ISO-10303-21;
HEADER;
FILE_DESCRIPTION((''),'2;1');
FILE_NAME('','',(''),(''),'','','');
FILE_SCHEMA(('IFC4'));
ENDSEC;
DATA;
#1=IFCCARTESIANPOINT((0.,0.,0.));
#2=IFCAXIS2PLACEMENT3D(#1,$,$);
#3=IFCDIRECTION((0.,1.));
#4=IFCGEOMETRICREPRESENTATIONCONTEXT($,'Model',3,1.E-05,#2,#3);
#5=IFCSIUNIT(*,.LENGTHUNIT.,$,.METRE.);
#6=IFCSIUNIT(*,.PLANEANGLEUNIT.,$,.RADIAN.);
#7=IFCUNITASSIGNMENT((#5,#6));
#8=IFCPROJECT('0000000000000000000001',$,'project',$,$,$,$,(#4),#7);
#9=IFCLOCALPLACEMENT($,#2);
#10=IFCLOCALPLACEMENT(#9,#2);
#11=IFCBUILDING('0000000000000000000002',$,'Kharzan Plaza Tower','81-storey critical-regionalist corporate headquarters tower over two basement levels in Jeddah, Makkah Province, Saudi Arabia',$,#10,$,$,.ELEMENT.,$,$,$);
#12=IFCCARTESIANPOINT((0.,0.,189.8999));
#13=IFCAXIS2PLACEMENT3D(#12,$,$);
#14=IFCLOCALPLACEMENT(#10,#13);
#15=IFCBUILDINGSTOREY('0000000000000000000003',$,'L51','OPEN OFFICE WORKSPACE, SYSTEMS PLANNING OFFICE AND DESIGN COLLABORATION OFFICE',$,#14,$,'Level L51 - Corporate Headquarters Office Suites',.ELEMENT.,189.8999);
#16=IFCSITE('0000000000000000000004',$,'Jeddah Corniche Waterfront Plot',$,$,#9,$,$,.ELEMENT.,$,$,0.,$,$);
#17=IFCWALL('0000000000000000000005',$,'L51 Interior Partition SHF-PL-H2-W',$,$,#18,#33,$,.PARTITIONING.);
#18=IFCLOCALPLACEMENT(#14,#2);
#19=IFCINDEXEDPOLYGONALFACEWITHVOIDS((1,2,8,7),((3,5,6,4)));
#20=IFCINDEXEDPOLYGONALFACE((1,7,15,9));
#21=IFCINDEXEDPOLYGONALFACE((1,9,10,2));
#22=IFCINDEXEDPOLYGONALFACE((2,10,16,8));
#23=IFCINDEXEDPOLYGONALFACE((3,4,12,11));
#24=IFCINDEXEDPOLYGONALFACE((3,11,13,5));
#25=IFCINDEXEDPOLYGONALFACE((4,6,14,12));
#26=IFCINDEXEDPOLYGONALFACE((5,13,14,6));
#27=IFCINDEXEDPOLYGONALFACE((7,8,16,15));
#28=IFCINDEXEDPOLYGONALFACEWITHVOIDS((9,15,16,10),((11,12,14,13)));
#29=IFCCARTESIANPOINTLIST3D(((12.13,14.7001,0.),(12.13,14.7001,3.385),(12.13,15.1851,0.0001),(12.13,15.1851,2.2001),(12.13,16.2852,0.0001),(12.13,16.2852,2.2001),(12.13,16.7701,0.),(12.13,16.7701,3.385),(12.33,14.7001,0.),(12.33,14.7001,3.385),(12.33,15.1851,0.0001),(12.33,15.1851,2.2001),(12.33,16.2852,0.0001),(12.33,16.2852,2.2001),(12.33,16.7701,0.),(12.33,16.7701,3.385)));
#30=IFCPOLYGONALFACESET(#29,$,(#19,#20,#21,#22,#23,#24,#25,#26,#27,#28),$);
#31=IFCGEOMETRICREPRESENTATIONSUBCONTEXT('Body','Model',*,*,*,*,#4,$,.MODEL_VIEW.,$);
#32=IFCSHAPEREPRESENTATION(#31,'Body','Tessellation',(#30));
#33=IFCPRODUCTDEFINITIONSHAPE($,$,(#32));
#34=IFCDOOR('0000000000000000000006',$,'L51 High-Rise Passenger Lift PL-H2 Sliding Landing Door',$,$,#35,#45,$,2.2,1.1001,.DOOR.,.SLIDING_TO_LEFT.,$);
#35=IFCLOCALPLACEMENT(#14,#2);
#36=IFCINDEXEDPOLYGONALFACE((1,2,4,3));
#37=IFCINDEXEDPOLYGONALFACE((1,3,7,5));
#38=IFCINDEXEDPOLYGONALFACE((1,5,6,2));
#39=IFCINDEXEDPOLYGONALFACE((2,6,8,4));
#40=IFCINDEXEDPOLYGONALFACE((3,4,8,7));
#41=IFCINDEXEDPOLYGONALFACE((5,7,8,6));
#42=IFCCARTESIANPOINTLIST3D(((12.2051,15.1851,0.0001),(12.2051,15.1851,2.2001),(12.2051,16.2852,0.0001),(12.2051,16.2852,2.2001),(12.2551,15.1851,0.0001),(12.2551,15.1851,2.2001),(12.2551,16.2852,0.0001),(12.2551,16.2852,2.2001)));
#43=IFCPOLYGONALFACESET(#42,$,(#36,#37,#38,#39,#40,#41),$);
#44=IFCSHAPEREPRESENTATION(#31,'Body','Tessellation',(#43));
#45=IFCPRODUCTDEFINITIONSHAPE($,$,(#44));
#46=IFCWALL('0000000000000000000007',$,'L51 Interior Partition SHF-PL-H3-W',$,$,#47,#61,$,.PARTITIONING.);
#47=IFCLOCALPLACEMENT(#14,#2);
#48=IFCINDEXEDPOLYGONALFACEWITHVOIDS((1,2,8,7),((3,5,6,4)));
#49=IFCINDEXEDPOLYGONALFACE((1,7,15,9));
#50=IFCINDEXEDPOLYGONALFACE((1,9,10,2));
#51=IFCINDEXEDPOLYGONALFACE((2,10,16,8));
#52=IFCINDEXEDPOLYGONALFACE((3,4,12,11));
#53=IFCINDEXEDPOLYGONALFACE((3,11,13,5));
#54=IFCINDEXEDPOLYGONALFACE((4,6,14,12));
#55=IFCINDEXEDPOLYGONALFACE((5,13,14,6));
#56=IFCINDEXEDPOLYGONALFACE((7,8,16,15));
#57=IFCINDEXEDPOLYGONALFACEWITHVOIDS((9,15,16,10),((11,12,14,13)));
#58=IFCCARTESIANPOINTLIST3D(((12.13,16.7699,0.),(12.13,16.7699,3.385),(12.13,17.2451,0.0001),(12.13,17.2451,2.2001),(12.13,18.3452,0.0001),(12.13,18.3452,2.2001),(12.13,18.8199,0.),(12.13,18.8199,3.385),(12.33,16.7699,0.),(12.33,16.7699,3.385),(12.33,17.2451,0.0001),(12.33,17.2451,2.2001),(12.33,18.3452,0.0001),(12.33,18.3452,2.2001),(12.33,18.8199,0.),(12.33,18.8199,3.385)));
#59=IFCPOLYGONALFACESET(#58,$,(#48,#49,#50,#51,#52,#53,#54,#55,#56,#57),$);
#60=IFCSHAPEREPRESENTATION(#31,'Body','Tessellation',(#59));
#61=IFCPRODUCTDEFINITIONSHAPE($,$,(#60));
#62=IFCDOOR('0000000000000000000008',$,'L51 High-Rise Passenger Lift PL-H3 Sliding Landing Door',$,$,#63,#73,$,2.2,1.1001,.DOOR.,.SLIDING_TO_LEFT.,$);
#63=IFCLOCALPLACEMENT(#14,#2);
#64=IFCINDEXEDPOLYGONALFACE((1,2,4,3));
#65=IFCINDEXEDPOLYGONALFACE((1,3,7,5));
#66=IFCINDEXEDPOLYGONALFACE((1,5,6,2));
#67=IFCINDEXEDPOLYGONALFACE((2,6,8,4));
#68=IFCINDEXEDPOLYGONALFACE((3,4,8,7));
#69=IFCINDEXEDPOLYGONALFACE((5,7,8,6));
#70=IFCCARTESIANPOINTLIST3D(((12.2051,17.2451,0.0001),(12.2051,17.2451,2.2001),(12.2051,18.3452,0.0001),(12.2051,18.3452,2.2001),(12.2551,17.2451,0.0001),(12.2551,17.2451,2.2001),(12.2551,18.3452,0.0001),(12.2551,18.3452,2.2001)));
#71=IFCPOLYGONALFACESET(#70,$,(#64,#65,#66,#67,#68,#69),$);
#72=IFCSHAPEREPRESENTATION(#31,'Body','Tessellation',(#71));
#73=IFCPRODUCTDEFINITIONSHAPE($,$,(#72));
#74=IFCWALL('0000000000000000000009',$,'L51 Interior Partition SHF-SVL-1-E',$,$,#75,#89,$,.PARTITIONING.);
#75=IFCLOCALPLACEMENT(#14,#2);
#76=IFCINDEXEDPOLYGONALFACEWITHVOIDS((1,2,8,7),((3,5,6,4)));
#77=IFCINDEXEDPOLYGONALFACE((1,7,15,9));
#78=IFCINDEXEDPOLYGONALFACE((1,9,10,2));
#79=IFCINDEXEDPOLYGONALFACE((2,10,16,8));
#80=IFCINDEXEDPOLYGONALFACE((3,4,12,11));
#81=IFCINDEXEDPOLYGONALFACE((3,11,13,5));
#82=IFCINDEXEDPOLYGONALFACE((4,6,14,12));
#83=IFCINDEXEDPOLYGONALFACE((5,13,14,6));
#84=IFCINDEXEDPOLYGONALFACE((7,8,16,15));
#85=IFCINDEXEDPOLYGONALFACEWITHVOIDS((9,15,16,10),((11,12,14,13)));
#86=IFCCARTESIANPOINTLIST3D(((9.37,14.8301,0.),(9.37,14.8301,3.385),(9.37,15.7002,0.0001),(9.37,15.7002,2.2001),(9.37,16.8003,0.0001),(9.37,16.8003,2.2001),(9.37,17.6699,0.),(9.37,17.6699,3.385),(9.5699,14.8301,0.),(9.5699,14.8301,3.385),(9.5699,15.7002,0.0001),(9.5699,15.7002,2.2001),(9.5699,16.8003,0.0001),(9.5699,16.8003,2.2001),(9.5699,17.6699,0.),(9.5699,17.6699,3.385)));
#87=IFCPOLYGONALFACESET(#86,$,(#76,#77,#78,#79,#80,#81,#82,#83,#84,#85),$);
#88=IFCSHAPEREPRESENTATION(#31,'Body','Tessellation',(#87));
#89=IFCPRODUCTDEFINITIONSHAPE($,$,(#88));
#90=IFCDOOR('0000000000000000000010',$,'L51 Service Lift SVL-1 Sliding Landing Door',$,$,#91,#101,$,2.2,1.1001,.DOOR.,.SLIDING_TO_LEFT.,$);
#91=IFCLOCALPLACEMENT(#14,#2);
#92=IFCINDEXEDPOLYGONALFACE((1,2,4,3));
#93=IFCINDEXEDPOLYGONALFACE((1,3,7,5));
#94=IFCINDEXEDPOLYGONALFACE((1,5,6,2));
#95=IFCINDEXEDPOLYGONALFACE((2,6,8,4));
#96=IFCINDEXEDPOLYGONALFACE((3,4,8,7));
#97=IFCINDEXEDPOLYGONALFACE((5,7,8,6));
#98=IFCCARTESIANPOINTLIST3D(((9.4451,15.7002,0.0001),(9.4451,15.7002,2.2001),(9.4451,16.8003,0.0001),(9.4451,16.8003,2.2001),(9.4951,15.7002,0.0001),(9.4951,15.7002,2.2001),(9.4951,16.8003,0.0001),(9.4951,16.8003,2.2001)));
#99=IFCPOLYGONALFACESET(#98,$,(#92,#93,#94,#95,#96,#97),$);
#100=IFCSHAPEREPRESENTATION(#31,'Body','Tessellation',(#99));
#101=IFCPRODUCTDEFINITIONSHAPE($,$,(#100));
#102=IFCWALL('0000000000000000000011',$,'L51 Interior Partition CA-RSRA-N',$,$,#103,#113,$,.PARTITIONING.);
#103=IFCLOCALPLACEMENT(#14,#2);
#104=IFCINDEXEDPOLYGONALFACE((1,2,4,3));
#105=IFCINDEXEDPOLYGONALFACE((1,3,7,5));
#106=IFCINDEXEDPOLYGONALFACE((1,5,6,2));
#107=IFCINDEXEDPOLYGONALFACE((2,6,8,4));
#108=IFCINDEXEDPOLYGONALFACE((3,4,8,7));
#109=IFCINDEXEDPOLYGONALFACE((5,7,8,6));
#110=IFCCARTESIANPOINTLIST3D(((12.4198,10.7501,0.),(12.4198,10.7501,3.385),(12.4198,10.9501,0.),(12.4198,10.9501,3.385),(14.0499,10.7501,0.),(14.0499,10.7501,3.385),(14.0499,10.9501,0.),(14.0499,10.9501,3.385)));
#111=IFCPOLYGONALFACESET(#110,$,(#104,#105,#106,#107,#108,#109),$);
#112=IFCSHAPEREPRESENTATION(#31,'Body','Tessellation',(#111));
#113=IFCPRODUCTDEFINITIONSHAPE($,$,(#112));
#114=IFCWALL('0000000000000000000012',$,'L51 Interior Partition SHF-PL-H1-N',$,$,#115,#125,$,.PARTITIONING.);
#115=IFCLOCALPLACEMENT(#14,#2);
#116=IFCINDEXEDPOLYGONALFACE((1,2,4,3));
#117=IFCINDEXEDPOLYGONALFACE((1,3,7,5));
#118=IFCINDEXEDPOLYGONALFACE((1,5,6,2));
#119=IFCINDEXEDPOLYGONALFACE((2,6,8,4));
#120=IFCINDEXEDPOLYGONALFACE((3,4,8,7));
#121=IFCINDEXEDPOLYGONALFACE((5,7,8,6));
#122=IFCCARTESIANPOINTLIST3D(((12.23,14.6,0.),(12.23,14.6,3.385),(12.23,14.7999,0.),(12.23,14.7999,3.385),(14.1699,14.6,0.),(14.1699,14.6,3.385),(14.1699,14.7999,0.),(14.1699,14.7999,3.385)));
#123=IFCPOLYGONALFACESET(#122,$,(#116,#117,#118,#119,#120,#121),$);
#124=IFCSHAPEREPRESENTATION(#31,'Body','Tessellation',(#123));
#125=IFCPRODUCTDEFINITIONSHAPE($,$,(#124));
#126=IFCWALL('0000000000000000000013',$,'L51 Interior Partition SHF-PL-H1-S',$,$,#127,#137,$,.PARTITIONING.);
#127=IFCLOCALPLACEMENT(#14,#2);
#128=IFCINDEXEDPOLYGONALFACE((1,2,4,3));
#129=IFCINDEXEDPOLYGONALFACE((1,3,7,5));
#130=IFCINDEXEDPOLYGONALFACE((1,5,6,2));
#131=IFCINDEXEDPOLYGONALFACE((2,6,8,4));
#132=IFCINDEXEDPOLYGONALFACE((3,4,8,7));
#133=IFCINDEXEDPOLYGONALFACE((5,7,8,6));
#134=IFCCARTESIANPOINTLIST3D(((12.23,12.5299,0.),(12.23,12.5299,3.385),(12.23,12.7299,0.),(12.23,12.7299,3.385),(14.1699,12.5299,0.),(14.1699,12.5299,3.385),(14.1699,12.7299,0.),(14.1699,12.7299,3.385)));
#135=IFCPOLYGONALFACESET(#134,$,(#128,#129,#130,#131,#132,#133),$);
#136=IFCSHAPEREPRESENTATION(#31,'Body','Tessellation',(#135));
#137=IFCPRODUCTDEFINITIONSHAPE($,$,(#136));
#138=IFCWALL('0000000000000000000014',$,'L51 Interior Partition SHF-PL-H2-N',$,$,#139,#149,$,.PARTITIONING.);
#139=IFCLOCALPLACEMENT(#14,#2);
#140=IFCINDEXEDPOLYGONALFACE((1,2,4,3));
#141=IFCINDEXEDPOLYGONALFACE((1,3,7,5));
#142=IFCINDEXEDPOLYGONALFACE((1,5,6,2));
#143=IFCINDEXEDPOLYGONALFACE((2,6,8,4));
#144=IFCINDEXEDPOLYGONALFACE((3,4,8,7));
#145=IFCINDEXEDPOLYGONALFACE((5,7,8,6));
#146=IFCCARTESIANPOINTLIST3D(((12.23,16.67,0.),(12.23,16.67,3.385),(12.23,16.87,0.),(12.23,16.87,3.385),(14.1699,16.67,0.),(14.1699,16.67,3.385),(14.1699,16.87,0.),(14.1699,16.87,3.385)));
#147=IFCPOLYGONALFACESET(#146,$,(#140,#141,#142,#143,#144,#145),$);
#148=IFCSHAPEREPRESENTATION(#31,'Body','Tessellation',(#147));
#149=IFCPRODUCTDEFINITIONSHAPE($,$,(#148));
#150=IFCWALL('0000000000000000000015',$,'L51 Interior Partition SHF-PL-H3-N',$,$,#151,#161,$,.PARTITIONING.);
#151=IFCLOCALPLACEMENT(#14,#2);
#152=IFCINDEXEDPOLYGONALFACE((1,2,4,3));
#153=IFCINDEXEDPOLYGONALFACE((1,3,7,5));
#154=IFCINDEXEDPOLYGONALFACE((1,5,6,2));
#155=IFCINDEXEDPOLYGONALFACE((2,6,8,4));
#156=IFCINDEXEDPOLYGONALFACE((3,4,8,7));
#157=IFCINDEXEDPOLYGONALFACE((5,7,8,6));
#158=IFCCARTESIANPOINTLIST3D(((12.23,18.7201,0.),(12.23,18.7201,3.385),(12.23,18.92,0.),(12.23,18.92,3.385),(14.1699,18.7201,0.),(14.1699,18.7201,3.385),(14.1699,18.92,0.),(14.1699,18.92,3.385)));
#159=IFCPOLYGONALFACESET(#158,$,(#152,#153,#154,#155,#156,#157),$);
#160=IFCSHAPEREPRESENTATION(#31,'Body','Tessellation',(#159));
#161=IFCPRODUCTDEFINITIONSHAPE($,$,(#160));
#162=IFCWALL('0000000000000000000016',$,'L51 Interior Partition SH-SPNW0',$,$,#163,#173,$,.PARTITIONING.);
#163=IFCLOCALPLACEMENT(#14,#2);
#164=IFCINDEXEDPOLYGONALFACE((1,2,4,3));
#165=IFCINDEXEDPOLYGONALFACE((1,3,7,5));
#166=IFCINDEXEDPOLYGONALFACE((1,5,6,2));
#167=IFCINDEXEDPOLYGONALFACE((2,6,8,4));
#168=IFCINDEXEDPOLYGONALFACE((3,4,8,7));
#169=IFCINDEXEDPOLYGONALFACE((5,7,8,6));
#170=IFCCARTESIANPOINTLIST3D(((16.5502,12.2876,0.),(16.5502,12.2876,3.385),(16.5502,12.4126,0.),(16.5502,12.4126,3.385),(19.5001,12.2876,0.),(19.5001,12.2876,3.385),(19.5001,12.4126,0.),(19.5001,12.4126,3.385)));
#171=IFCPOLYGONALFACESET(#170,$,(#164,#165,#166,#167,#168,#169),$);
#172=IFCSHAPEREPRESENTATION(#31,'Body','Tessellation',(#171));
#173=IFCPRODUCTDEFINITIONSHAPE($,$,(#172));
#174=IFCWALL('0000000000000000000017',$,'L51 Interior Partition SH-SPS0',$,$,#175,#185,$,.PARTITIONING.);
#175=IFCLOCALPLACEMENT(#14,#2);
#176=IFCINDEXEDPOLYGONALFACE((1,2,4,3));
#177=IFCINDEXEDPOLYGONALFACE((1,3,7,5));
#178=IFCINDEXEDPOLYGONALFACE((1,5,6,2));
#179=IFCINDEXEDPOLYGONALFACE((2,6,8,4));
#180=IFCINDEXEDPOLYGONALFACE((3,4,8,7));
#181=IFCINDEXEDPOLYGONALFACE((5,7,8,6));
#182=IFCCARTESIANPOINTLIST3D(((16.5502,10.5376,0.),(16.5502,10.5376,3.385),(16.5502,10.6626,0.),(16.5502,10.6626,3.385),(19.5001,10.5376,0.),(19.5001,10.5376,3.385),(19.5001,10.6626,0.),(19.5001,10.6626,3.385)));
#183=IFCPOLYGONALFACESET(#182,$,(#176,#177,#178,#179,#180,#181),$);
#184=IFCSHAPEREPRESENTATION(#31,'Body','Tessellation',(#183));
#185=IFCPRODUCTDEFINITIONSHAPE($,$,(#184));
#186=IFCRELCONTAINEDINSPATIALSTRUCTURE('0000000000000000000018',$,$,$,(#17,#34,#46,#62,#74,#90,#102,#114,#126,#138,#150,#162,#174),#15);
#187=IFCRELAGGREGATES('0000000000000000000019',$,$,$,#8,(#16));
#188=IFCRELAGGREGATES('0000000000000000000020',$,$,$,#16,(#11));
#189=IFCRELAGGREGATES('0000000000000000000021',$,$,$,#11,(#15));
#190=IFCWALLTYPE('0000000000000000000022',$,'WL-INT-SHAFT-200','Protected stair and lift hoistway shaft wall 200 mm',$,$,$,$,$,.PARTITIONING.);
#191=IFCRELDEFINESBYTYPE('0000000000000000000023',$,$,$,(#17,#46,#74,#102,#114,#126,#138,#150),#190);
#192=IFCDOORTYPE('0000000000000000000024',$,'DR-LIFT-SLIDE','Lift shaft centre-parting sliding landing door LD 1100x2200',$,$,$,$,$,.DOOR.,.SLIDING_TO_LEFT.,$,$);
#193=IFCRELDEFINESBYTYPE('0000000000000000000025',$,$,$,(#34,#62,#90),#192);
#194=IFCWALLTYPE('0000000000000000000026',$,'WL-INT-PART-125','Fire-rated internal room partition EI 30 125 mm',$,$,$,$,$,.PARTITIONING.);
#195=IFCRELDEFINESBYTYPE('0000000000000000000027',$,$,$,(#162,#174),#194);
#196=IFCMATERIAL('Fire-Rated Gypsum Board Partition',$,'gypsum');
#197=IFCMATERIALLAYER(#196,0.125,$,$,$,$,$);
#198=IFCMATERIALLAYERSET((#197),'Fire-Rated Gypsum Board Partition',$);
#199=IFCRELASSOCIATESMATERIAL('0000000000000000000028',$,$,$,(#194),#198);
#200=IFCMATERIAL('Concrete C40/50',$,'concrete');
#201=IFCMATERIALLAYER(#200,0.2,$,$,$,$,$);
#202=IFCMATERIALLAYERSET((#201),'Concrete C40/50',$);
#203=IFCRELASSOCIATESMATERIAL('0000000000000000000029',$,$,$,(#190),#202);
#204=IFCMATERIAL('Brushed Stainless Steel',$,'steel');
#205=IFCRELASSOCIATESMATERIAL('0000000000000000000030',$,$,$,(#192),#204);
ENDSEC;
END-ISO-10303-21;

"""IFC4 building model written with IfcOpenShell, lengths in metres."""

from ifc_helpers import new_model, si_unit, direction, frame, frame_2d, origin, place, context, subcontext, project, spatial, rectangle, extrude, source, transform, mapped, material, layer, layer_set, type_object, element, fill, save


model = new_model("IFC4")

# Units and contexts
model_context = context("Model", 3, precision=1e-05, world=origin(), true_north=direction((0.0, 1.0)))
body_context = subcontext(model_context, "Body", "Model", "MODEL_VIEW")
ifc_project = project(units=[si_unit("LENGTHUNIT", "METRE"), si_unit("PLANEANGLEUNIT", "RADIAN")], contexts=[model_context])

# Site, building, storey
site_placement = place(None, origin())
site = spatial("IfcSite", under=ifc_project, at=site_placement, Name="Jeddah Corniche Waterfront Plot", CompositionType="ELEMENT", RefElevation=0.0)
building_placement = place(site_placement, origin())
building = spatial("IfcBuilding", under=site, at=building_placement, Name="Kharzan Plaza Tower", Description="81-storey critical-regionalist corporate headquarters tower over two basement levels in Jeddah, Makkah Province, Saudi Arabia", CompositionType="ELEMENT")
storey_placement = place(building_placement, frame((0.0, 0.0, 189.8999)))
storey = spatial("IfcBuildingStorey", under=building, at=storey_placement, Name="L51", Description="OPEN OFFICE WORKSPACE, SYSTEMS PLANNING OFFICE AND DESIGN COLLABORATION OFFICE", LongName="Level L51 - Corporate Headquarters Office Suites", CompositionType="ELEMENT", Elevation=189.8999)

# Walls, openings, doors
ifc_material_1 = material(Name="Fire-Rated Gypsum Board Partition", Category="gypsum")
ifc_layer_1 = layer(ifc_material_1, 0.125)
ifc_layer_set_1 = layer_set([ifc_layer_1], Name="Fire-Rated Gypsum Board Partition")
wall_type_1 = type_object("IfcWallType", Name="WL-INT-PART-125", Description="Fire-rated internal room partition EI 30 125 mm", PredefinedType="PARTITIONING", material=ifc_layer_set_1)
ifc_material_2 = material(Name="Concrete C40/50", Category="concrete")
ifc_layer_2 = layer(ifc_material_2, 0.2)
ifc_layer_set_2 = layer_set([ifc_layer_2], Name="Concrete C40/50")
wall_type_2 = type_object("IfcWallType", Name="WL-INT-SHAFT-200", Description="Protected stair and lift hoistway shaft wall 200 mm", PredefinedType="PARTITIONING", material=ifc_layer_set_2)
ifc_material_3 = material(Name="Brushed Stainless Steel", Category="steel")
door_type_1 = type_object("IfcDoorType", Name="DR-LIFT-SLIDE", Description="Lift shaft centre-parting sliding landing door LD 1100x2200", OperationType="SLIDING_TO_LEFT", PredefinedType="DOOR", material=ifc_material_3)
shared_shape_1 = source(origin(), body_context, "Body", "SweptSolid", [
    extrude(rectangle(XDim=1.1001, YDim=2.2, at=frame_2d((0.55, 1.1001))), frame((0.0, 0.0249, 0.0), z_axis=(0.0, -1.0, 0.0), x_axis=(1.0, 0.0, 0.0)), (0.0, 0.0, 1.0), 0.05),
])
wall_1_placement = place(storey_placement, frame((12.23, 14.7, 0.0), z_axis=(0.0, 0.0, 1.0), x_axis=(0.0, 1.0, 0.0)))
wall_1 = element("IfcWall", 1, at=wall_1_placement, inside=storey, type_object=wall_type_2, Name="L51 Interior Partition SHF-PL-H2-W", PredefinedType="PARTITIONING", context=body_context, shape_type="SweptSolid", body=[
    extrude(rectangle(XDim=2.0701, YDim=0.2, at=frame_2d((1.0352, 0.0))), origin(), (0.0, 0.0, 1.0), 3.385),
])
opening_1_placement = place(wall_1_placement, frame((0.4851, 0.0, 0.0)))
opening_1 = element("IfcOpeningElement", 2, at=opening_1_placement, cuts=wall_1, PredefinedType="OPENING", context=body_context, shape_type="SweptSolid", body=[
    extrude(rectangle(XDim=1.1001, YDim=2.2, at=frame_2d((0.55, 1.1001))), frame((0.0, 0.1099, 0.0), z_axis=(0.0, -1.0, 0.0), x_axis=(1.0, 0.0, 0.0)), (0.0, 0.0, 1.0), 0.22),
])
door_1_placement = place(opening_1_placement, origin())
door_1 = element("IfcDoor", 3, at=door_1_placement, inside=storey, type_object=door_type_1, Name="L51 High-Rise Passenger Lift PL-H2 Sliding Landing Door", OperationType="SLIDING_TO_LEFT", OverallHeight=2.2, OverallWidth=1.1001, PredefinedType="DOOR", context=body_context, shape_type="MappedRepresentation", body=[
    mapped(shared_shape_1, transform((0.0, 0.0, 0.0), x_axis=(1.0, 0.0, 0.0), y_axis=(0.0, 1.0, 0.0), z_axis=(0.0, 0.0, 1.0))),
])
fill(opening_1, door_1)
wall_2_placement = place(storey_placement, frame((12.23, 16.77, 0.0), z_axis=(0.0, 0.0, 1.0), x_axis=(0.0, 1.0, 0.0)))
wall_2 = element("IfcWall", 4, at=wall_2_placement, inside=storey, type_object=wall_type_2, Name="L51 Interior Partition SHF-PL-H3-W", PredefinedType="PARTITIONING", context=body_context, shape_type="SweptSolid", body=[
    extrude(rectangle(XDim=2.05, YDim=0.2, at=frame_2d((1.0249, 0.0))), origin(), (0.0, 0.0, 1.0), 3.385),
])
opening_2_placement = place(wall_2_placement, frame((0.4751, 0.0, 0.0)))
opening_2 = element("IfcOpeningElement", 5, at=opening_2_placement, cuts=wall_2, PredefinedType="OPENING", context=body_context, shape_type="SweptSolid", body=[
    extrude(rectangle(XDim=1.1001, YDim=2.2, at=frame_2d((0.55, 1.1001))), frame((0.0, 0.1099, 0.0), z_axis=(0.0, -1.0, 0.0), x_axis=(1.0, 0.0, 0.0)), (0.0, 0.0, 1.0), 0.22),
])
door_2_placement = place(opening_2_placement, origin())
door_2 = element("IfcDoor", 6, at=door_2_placement, inside=storey, type_object=door_type_1, Name="L51 High-Rise Passenger Lift PL-H3 Sliding Landing Door", OperationType="SLIDING_TO_LEFT", OverallHeight=2.2, OverallWidth=1.1001, PredefinedType="DOOR", context=body_context, shape_type="MappedRepresentation", body=[
    mapped(shared_shape_1, transform((0.0, 0.0, 0.0), x_axis=(1.0, 0.0, 0.0), y_axis=(0.0, 1.0, 0.0), z_axis=(0.0, 0.0, 1.0))),
])
fill(opening_2, door_2)
wall_3_placement = place(storey_placement, frame((9.47, 14.8301, 0.0), z_axis=(0.0, 0.0, 1.0), x_axis=(0.0, 1.0, 0.0)))
wall_3 = element("IfcWall", 7, at=wall_3_placement, inside=storey, type_object=wall_type_2, Name="L51 Interior Partition SHF-SVL-1-E", PredefinedType="PARTITIONING", context=body_context, shape_type="SweptSolid", body=[
    extrude(rectangle(XDim=2.8398, YDim=0.2, at=frame_2d((1.4199, 0.0))), origin(), (0.0, 0.0, 1.0), 3.385),
])
opening_3_placement = place(wall_3_placement, frame((0.8701, 0.0, 0.0)))
opening_3 = element("IfcOpeningElement", 8, at=opening_3_placement, cuts=wall_3, PredefinedType="OPENING", context=body_context, shape_type="SweptSolid", body=[
    extrude(rectangle(XDim=1.1001, YDim=2.2, at=frame_2d((0.55, 1.1001))), frame((0.0, 0.1099, 0.0), z_axis=(0.0, -1.0, 0.0), x_axis=(1.0, 0.0, 0.0)), (0.0, 0.0, 1.0), 0.22),
])
door_3_placement = place(opening_3_placement, origin())
door_3 = element("IfcDoor", 9, at=door_3_placement, inside=storey, type_object=door_type_1, Name="L51 Service Lift SVL-1 Sliding Landing Door", OperationType="SLIDING_TO_LEFT", OverallHeight=2.2, OverallWidth=1.1001, PredefinedType="DOOR", context=body_context, shape_type="MappedRepresentation", body=[
    mapped(shared_shape_1, transform((0.0, 0.0, 0.0), x_axis=(1.0, 0.0, 0.0), y_axis=(0.0, 1.0, 0.0), z_axis=(0.0, 0.0, 1.0))),
])
fill(opening_3, door_3)

# Walls
shared_shape_2 = source(origin(), body_context, "Body", "SweptSolid", [
    extrude(rectangle(XDim=1.6301, YDim=0.2, at=frame_2d((0.8149, 0.0))), origin(), (0.0, 0.0, 1.0), 3.385),
])
wall_4_placement = place(storey_placement, frame((12.4199, 10.8501, 0.0), z_axis=(0.0, 0.0, 1.0), x_axis=(1.0, 0.0, 0.0)))
element("IfcWall", 10, at=wall_4_placement, inside=storey, type_object=wall_type_2, Name="L51 Interior Partition CA-RSRA-N", PredefinedType="PARTITIONING", context=body_context, shape_type="MappedRepresentation", body=[
    mapped(shared_shape_2, transform((0.0, 0.0, 0.0), x_axis=(1.0, 0.0, 0.0), y_axis=(0.0, 1.0, 0.0), z_axis=(0.0, 0.0, 1.0))),
])
shared_shape_3 = source(origin(), body_context, "Body", "SweptSolid", [
    extrude(rectangle(XDim=1.9399, YDim=0.2, at=frame_2d((0.97, 0.0))), origin(), (0.0, 0.0, 1.0), 3.385),
])
for number, where, z_axis, x_axis, name in (
    (11, (12.23, 14.7, 0.0), (0.0, 0.0, 1.0), (1.0, 0.0, 0.0), "L51 Interior Partition SHF-PL-H1-N"),
    (12, (12.23, 12.6299, 0.0), (0.0, 0.0, 1.0), (1.0, 0.0, 0.0), "L51 Interior Partition SHF-PL-H1-S"),
    (13, (12.23, 16.77, 0.0), (0.0, 0.0, 1.0), (1.0, 0.0, 0.0), "L51 Interior Partition SHF-PL-H2-N"),
    (14, (12.23, 18.8201, 0.0), (0.0, 0.0, 1.0), (1.0, 0.0, 0.0), "L51 Interior Partition SHF-PL-H3-N"),
):
    element("IfcWall", number, at=place(storey_placement, frame(where, z_axis=z_axis, x_axis=x_axis)), inside=storey, type_object=wall_type_2, Name=name, PredefinedType="PARTITIONING", context=body_context, shape_type="MappedRepresentation", body=[
        mapped(shared_shape_3, transform((0.0, 0.0, 0.0), x_axis=(1.0, 0.0, 0.0), y_axis=(0.0, 1.0, 0.0), z_axis=(0.0, 0.0, 1.0))),
    ])
shared_shape_4 = source(origin(), body_context, "Body", "SweptSolid", [
    extrude(rectangle(XDim=2.95, YDim=0.125, at=frame_2d((1.4751, 0.0))), origin(), (0.0, 0.0, 1.0), 3.385),
])
for number, where, z_axis, x_axis, name in (
    (15, (16.55, 12.3501, 0.0), (0.0, 0.0, 1.0), (1.0, 0.0, 0.0), "L51 Interior Partition SH-SPNW0"),
    (16, (16.55, 10.6001, 0.0), (0.0, 0.0, 1.0), (1.0, 0.0, 0.0), "L51 Interior Partition SH-SPS0"),
):
    element("IfcWall", number, at=place(storey_placement, frame(where, z_axis=z_axis, x_axis=x_axis)), inside=storey, type_object=wall_type_1, Name=name, PredefinedType="PARTITIONING", context=body_context, shape_type="MappedRepresentation", body=[
        mapped(shared_shape_4, transform((0.0, 0.0, 0.0), x_axis=(1.0, 0.0, 0.0), y_axis=(0.0, 1.0, 0.0), z_axis=(0.0, 0.0, 1.0))),
    ])

save(model, "model.ifc")
